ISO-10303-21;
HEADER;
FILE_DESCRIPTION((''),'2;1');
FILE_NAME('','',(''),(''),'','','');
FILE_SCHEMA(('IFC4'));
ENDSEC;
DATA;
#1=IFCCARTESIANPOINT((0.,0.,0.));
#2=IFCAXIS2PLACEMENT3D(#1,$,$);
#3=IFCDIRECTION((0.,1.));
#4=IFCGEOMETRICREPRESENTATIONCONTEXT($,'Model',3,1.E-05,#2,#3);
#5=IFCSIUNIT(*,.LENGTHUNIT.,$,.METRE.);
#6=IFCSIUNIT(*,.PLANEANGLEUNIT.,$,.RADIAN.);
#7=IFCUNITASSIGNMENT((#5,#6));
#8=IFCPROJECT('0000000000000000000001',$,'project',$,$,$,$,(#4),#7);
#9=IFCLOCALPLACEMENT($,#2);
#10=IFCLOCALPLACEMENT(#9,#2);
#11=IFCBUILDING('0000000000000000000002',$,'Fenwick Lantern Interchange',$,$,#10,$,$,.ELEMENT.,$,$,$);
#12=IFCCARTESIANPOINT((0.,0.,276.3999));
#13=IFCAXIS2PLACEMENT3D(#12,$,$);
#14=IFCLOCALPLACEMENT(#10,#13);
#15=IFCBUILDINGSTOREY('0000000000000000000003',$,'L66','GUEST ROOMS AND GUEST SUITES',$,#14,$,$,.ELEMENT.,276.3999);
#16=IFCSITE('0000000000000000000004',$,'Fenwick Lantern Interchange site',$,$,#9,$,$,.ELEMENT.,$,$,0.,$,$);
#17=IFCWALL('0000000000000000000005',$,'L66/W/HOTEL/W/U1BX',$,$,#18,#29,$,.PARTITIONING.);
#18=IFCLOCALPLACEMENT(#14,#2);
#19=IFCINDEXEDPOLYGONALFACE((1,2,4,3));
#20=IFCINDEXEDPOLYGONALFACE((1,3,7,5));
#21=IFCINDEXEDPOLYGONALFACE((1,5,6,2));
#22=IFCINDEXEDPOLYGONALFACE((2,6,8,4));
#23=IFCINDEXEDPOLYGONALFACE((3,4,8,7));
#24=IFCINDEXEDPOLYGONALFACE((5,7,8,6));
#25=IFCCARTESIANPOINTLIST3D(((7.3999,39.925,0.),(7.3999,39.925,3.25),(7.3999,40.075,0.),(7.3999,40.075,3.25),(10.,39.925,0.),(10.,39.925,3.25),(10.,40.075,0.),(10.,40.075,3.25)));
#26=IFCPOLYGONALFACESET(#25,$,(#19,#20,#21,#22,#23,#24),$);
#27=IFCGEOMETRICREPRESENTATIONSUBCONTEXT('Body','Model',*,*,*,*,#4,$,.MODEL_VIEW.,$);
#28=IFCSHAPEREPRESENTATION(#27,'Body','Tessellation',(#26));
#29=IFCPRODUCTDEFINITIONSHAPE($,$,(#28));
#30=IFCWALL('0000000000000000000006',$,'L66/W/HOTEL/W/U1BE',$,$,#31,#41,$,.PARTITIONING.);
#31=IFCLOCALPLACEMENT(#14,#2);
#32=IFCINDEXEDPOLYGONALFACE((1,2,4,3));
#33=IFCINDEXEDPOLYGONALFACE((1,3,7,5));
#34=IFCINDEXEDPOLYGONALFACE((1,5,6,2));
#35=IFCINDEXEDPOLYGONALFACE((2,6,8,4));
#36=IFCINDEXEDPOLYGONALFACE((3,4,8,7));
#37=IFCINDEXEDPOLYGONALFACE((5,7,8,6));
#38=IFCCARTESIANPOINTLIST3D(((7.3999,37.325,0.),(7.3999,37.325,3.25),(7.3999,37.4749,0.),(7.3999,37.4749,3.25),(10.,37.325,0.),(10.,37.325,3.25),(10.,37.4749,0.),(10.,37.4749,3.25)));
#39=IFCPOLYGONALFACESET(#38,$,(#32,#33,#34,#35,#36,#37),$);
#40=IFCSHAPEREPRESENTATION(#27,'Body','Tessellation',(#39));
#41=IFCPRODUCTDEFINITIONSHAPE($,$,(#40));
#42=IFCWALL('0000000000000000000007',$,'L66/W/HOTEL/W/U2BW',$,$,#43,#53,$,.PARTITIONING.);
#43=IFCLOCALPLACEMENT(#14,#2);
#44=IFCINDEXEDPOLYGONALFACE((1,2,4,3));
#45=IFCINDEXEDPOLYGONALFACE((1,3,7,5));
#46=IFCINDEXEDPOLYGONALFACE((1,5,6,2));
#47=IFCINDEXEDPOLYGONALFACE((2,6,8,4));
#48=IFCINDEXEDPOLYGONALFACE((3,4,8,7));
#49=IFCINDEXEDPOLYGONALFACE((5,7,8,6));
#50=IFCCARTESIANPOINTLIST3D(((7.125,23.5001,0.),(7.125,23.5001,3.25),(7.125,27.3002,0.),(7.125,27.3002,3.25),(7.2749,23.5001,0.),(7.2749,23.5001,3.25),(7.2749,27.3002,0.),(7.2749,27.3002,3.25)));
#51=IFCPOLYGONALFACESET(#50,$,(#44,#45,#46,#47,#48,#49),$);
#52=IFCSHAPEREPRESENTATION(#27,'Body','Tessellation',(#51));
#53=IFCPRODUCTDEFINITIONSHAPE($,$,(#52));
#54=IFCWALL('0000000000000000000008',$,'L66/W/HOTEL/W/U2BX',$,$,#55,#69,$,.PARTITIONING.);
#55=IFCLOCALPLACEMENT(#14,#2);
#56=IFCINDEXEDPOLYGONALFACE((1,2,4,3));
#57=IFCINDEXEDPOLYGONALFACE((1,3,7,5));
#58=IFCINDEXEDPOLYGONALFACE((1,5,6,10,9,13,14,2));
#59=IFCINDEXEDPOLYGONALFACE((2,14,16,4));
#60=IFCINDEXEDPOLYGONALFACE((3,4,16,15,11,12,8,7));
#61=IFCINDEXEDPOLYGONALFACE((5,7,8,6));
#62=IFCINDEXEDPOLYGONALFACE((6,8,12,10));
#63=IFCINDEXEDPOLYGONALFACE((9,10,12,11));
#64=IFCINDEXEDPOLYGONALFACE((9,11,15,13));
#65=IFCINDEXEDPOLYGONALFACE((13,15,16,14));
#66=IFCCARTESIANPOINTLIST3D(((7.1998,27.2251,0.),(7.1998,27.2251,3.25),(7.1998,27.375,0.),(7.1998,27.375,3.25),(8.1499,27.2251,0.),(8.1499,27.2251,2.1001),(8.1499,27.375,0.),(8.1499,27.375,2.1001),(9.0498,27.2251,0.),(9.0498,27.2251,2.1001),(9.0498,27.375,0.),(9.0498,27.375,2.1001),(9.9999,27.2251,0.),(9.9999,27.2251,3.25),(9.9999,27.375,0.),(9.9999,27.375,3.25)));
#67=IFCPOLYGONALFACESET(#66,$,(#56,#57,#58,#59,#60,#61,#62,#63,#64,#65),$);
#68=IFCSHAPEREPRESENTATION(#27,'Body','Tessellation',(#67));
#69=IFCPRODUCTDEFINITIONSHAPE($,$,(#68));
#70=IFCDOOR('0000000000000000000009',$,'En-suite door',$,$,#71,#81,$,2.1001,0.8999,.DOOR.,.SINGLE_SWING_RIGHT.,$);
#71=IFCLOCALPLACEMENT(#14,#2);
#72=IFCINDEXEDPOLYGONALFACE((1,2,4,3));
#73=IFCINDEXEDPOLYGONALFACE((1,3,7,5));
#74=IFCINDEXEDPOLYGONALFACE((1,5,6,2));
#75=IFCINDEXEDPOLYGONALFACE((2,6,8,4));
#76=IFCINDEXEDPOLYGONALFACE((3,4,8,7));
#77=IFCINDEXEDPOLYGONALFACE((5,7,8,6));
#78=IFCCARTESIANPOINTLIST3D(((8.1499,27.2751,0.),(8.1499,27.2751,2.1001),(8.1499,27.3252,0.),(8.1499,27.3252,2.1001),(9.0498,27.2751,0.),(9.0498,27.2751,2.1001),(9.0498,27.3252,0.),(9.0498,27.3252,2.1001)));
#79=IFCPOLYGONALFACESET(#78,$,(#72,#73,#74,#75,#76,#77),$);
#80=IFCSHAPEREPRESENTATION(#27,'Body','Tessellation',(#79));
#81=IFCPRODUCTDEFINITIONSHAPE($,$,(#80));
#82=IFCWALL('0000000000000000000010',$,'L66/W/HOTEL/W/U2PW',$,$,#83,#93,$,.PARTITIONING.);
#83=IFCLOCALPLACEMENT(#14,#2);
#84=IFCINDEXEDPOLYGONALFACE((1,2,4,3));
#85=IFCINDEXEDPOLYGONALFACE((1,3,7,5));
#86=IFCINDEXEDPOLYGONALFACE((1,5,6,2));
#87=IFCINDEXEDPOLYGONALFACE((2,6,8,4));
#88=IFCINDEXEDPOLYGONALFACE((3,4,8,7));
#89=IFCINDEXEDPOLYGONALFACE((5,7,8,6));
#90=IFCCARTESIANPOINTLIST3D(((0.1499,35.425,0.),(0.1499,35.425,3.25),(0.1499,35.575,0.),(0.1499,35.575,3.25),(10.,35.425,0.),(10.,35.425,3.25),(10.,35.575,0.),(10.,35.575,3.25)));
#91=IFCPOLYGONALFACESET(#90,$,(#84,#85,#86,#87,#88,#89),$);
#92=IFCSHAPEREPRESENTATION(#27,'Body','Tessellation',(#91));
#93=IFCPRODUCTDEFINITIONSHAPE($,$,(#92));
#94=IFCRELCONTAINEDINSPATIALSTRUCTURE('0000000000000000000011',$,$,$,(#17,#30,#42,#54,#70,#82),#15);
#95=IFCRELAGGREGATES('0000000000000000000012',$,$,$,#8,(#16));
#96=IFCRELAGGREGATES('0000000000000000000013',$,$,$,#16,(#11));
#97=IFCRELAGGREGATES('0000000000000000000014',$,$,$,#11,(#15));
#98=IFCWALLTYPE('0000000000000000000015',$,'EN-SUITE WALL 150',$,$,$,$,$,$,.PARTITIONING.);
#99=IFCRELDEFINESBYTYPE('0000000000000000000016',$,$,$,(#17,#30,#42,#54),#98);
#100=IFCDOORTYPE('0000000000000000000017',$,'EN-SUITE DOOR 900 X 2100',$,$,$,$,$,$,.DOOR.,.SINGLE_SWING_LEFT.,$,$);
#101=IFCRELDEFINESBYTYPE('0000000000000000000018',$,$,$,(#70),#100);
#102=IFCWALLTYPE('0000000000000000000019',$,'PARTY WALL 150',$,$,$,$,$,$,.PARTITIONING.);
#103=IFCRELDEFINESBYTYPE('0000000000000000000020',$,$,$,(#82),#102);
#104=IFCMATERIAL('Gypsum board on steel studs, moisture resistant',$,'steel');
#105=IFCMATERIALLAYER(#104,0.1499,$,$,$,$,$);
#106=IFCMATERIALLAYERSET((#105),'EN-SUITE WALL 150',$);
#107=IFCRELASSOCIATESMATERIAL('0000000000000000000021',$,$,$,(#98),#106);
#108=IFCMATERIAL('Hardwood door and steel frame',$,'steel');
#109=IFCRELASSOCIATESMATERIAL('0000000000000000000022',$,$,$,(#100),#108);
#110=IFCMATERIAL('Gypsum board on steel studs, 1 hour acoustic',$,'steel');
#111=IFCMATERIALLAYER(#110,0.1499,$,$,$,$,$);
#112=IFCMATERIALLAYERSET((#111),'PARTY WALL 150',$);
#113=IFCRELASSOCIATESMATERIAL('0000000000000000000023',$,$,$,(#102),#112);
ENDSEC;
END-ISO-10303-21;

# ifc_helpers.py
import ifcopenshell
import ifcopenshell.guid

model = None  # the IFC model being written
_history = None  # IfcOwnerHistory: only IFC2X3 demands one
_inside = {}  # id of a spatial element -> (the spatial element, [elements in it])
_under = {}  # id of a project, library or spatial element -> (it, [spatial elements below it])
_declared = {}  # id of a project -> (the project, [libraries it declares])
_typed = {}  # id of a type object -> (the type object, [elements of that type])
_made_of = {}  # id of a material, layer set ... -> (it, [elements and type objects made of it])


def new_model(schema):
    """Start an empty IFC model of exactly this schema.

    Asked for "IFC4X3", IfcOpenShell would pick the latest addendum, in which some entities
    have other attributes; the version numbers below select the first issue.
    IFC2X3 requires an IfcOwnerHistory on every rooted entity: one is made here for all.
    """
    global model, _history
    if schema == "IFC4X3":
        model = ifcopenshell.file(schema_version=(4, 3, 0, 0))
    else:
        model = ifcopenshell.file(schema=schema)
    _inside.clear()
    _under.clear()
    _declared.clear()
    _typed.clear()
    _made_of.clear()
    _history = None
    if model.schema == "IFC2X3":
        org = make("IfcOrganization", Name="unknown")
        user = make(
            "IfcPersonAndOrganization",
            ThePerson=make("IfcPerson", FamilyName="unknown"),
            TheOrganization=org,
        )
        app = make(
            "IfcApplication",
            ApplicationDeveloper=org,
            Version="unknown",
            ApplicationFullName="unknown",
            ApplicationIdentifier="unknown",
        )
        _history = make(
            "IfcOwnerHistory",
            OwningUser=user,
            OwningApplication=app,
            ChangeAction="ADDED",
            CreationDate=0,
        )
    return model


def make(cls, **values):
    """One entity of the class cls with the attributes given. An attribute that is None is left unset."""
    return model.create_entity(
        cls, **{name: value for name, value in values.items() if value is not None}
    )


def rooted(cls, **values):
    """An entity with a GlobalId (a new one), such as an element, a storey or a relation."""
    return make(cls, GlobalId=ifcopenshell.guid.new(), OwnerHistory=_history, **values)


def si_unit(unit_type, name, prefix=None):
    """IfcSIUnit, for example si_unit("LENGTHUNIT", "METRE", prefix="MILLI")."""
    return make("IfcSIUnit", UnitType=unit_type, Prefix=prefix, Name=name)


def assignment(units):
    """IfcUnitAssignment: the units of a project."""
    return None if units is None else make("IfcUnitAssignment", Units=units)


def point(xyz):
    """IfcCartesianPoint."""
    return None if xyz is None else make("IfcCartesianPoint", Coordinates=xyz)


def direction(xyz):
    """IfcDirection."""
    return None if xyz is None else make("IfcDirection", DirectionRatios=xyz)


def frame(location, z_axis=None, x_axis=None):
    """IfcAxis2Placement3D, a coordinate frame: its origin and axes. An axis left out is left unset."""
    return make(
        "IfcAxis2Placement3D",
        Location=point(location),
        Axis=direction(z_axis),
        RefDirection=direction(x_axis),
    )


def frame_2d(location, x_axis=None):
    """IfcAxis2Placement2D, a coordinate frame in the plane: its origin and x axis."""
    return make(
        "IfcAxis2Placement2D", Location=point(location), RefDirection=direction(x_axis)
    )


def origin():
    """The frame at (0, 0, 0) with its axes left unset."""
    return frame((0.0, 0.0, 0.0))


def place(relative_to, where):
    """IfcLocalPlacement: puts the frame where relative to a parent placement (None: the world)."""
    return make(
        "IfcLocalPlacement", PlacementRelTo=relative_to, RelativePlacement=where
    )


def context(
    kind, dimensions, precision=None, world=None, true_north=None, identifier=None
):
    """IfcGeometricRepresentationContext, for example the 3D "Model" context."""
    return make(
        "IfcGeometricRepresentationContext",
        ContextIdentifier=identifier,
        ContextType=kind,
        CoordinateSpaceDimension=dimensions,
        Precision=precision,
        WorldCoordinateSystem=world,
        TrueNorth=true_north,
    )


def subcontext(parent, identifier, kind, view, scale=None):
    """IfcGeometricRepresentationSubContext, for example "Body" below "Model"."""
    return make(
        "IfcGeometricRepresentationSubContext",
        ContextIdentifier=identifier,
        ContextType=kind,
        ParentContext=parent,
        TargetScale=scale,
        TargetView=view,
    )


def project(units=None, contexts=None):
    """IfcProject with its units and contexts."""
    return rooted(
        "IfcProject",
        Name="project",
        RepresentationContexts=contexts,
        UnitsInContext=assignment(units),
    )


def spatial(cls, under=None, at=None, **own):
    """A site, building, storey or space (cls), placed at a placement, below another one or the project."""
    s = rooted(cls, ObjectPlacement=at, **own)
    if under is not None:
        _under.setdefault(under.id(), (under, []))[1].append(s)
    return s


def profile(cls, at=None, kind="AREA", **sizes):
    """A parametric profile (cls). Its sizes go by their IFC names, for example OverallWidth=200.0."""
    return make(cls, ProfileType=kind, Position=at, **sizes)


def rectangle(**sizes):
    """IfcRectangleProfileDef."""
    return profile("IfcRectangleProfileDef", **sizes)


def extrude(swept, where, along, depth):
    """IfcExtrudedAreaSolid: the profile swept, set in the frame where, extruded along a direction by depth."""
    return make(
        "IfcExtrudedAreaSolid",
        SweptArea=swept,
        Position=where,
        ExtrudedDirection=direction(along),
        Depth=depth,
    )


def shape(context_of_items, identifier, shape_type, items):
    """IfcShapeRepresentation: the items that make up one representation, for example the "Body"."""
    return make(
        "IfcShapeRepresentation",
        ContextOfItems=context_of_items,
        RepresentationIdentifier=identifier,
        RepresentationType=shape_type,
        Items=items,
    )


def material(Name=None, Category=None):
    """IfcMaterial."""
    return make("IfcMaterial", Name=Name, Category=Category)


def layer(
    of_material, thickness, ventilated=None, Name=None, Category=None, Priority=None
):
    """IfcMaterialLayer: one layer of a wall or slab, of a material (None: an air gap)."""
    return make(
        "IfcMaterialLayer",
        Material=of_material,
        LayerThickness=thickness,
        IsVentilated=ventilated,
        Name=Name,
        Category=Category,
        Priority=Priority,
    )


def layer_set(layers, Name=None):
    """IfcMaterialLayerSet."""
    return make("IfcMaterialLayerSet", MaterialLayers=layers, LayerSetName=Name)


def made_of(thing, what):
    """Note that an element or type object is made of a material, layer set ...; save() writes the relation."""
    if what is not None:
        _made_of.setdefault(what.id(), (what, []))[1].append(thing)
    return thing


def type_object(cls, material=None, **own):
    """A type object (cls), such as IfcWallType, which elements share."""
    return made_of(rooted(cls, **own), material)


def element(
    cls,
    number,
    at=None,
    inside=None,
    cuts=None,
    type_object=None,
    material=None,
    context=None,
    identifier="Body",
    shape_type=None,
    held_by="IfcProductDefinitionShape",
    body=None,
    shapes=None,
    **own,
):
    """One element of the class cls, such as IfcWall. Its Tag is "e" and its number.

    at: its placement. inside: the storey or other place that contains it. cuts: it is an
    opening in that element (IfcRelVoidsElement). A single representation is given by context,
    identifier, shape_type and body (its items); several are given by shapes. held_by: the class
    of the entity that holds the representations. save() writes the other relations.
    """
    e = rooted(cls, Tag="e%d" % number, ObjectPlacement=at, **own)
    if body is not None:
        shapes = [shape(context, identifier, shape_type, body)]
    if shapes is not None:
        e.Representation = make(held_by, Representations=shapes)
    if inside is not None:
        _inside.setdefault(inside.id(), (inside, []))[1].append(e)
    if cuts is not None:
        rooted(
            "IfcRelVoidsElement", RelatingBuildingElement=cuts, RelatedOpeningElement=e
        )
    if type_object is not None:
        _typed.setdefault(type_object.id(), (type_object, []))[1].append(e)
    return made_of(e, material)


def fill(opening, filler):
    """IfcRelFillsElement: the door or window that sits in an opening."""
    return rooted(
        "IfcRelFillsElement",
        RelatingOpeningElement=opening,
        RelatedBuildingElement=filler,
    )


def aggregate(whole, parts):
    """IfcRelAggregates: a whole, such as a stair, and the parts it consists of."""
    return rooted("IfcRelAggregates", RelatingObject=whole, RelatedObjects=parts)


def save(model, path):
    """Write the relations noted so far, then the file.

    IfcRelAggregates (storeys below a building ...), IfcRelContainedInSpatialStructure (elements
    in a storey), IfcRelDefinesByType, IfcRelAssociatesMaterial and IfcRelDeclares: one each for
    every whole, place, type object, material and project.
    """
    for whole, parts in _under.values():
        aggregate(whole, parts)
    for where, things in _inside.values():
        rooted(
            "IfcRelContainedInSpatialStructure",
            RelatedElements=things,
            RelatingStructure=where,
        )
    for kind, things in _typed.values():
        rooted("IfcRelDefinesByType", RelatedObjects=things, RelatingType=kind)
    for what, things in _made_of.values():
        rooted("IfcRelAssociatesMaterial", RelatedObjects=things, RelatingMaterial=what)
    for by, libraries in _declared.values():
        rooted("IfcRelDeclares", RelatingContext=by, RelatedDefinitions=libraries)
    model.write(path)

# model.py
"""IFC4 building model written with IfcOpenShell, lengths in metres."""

from ifc_helpers import new_model, si_unit, direction, frame, frame_2d, origin, place, context, subcontext, project, spatial, rectangle, extrude, material, layer, layer_set, type_object, element, fill, save


model = new_model("IFC4")

# Units and contexts
model_context = context("Model", 3, precision=1e-05, world=origin(), true_north=direction((0.0, 1.0)))
body_context = subcontext(model_context, "Body", "Model", "MODEL_VIEW")
ifc_project = project(units=[si_unit("LENGTHUNIT", "METRE"), si_unit("PLANEANGLEUNIT", "RADIAN")], contexts=[model_context])

# Site, building, storey
site_placement = place(None, origin())
site = spatial("IfcSite", under=ifc_project, at=site_placement, Name="Fenwick Lantern Interchange site", CompositionType="ELEMENT", RefElevation=0.0)
building_placement = place(site_placement, origin())
building = spatial("IfcBuilding", under=site, at=building_placement, Name="Fenwick Lantern Interchange", CompositionType="ELEMENT")
storey_placement = place(building_placement, frame((0.0, 0.0, 276.3999)))
storey = spatial("IfcBuildingStorey", under=building, at=storey_placement, Name="L66", Description="GUEST ROOMS AND GUEST SUITES", CompositionType="ELEMENT", Elevation=276.3999)

# Shared definitions
ifc_material_1 = material(Name="Gypsum board on steel studs, moisture resistant", Category="steel")
ifc_layer_1 = layer(ifc_material_1, 0.1499)
ifc_layer_set_1 = layer_set([ifc_layer_1], Name="EN-SUITE WALL 150")
wall_type_1 = type_object("IfcWallType", Name="EN-SUITE WALL 150", PredefinedType="PARTITIONING", material=ifc_layer_set_1)
ifc_material_2 = material(Name="Hardwood door and steel frame", Category="steel")
door_type = type_object("IfcDoorType", Name="EN-SUITE DOOR 900 X 2100", OperationType="SINGLE_SWING_LEFT", PredefinedType="DOOR", material=ifc_material_2)

# Walls
for number, where, z_axis, x_axis, name in (
    (1, (7.3999, 40.0, 0.0), (0.0, 0.0, 1.0), (1.0, 0.0, 0.0), "L66/W/HOTEL/W/U1BX"),
    (2, (7.3999, 37.3999, 0.0), (0.0, 0.0, 1.0), (1.0, 0.0, 0.0), "L66/W/HOTEL/W/U1BE"),
):
    element("IfcWall", number, at=place(storey_placement, frame(where, z_axis=z_axis, x_axis=x_axis)), inside=storey, type_object=wall_type_1, Name=name, PredefinedType="PARTITIONING", context=body_context, shape_type="SweptSolid", body=[
        extrude(rectangle(XDim=2.6001, YDim=0.1499, at=frame_2d((1.3, 0.0))), origin(), (0.0, 0.0, 1.0), 3.25),
    ])
wall_1_placement = place(storey_placement, frame((7.2, 27.3, 0.0), z_axis=(0.0, 0.0, 1.0), x_axis=(0.0, -1.0, 0.0)))
element("IfcWall", 3, at=wall_1_placement, inside=storey, type_object=wall_type_1, Name="L66/W/HOTEL/W/U2BW", PredefinedType="PARTITIONING", context=body_context, shape_type="SweptSolid", body=[
    extrude(rectangle(XDim=3.8, YDim=0.1499, at=frame_2d((1.8999, 0.0))), origin(), (0.0, 0.0, 1.0), 3.25),
])

# Wall, opening, door
wall_2_placement = place(storey_placement, frame((7.2, 27.3, 0.0), z_axis=(0.0, 0.0, 1.0), x_axis=(1.0, 0.0, 0.0)))
wall_2 = element("IfcWall", 4, at=wall_2_placement, inside=storey, type_object=wall_type_1, Name="L66/W/HOTEL/W/U2BX", PredefinedType="PARTITIONING", context=body_context, shape_type="SweptSolid", body=[
    extrude(rectangle(XDim=2.8, YDim=0.1499, at=frame_2d((1.3999, 0.0))), origin(), (0.0, 0.0, 1.0), 3.25),
])
opening_1_placement = place(wall_2_placement, frame((0.95, 0.0, 0.0)))
opening_1 = element("IfcOpeningElement", 5, at=opening_1_placement, cuts=wall_2, PredefinedType="OPENING", context=body_context, shape_type="SweptSolid", body=[
    extrude(rectangle(XDim=0.8999, YDim=2.1001, at=frame_2d((0.45, 1.05))), frame((0.0, 0.085, 0.0), z_axis=(0.0, -1.0, 0.0), x_axis=(1.0, 0.0, 0.0)), (0.0, 0.0, 1.0), 0.1699),
])
door_1_placement = place(opening_1_placement, frame((0.8999, 0.0, 0.0), z_axis=(0.0, 0.0, 1.0), x_axis=(-1.0, 0.0, 0.0)))
door_1 = element("IfcDoor", 6, at=door_1_placement, inside=storey, type_object=door_type, Name="En-suite door", OperationType="SINGLE_SWING_RIGHT", OverallHeight=2.1001, OverallWidth=0.8999, PredefinedType="DOOR", context=body_context, shape_type="SweptSolid", body=[
    extrude(rectangle(XDim=0.8999, YDim=2.1001, at=frame_2d((0.45, 1.05))), frame((0.0, 0.0249, 0.0), z_axis=(0.0, -1.0, 0.0), x_axis=(1.0, 0.0, 0.0)), (0.0, 0.0, 1.0), 0.05),
])
fill(opening_1, door_1)

# Wall
ifc_material_3 = material(Name="Gypsum board on steel studs, 1 hour acoustic", Category="steel")
ifc_layer_2 = layer(ifc_material_3, 0.1499)
ifc_layer_set_2 = layer_set([ifc_layer_2], Name="PARTY WALL 150")
wall_type_2 = type_object("IfcWallType", Name="PARTY WALL 150", PredefinedType="PARTITIONING", material=ifc_layer_set_2)
wall_3_placement = place(storey_placement, frame((0.1499, 35.5, 0.0), z_axis=(0.0, 0.0, 1.0), x_axis=(1.0, 0.0, 0.0)))
element("IfcWall", 7, at=wall_3_placement, inside=storey, type_object=wall_type_2, Name="L66/W/HOTEL/W/U2PW", PredefinedType="PARTITIONING", context=body_context, shape_type="SweptSolid", body=[
    extrude(rectangle(XDim=9.8501, YDim=0.1499, at=frame_2d((4.925, 0.0))), origin(), (0.0, 0.0, 1.0), 3.25),
])

save(model, "model.ifc")
